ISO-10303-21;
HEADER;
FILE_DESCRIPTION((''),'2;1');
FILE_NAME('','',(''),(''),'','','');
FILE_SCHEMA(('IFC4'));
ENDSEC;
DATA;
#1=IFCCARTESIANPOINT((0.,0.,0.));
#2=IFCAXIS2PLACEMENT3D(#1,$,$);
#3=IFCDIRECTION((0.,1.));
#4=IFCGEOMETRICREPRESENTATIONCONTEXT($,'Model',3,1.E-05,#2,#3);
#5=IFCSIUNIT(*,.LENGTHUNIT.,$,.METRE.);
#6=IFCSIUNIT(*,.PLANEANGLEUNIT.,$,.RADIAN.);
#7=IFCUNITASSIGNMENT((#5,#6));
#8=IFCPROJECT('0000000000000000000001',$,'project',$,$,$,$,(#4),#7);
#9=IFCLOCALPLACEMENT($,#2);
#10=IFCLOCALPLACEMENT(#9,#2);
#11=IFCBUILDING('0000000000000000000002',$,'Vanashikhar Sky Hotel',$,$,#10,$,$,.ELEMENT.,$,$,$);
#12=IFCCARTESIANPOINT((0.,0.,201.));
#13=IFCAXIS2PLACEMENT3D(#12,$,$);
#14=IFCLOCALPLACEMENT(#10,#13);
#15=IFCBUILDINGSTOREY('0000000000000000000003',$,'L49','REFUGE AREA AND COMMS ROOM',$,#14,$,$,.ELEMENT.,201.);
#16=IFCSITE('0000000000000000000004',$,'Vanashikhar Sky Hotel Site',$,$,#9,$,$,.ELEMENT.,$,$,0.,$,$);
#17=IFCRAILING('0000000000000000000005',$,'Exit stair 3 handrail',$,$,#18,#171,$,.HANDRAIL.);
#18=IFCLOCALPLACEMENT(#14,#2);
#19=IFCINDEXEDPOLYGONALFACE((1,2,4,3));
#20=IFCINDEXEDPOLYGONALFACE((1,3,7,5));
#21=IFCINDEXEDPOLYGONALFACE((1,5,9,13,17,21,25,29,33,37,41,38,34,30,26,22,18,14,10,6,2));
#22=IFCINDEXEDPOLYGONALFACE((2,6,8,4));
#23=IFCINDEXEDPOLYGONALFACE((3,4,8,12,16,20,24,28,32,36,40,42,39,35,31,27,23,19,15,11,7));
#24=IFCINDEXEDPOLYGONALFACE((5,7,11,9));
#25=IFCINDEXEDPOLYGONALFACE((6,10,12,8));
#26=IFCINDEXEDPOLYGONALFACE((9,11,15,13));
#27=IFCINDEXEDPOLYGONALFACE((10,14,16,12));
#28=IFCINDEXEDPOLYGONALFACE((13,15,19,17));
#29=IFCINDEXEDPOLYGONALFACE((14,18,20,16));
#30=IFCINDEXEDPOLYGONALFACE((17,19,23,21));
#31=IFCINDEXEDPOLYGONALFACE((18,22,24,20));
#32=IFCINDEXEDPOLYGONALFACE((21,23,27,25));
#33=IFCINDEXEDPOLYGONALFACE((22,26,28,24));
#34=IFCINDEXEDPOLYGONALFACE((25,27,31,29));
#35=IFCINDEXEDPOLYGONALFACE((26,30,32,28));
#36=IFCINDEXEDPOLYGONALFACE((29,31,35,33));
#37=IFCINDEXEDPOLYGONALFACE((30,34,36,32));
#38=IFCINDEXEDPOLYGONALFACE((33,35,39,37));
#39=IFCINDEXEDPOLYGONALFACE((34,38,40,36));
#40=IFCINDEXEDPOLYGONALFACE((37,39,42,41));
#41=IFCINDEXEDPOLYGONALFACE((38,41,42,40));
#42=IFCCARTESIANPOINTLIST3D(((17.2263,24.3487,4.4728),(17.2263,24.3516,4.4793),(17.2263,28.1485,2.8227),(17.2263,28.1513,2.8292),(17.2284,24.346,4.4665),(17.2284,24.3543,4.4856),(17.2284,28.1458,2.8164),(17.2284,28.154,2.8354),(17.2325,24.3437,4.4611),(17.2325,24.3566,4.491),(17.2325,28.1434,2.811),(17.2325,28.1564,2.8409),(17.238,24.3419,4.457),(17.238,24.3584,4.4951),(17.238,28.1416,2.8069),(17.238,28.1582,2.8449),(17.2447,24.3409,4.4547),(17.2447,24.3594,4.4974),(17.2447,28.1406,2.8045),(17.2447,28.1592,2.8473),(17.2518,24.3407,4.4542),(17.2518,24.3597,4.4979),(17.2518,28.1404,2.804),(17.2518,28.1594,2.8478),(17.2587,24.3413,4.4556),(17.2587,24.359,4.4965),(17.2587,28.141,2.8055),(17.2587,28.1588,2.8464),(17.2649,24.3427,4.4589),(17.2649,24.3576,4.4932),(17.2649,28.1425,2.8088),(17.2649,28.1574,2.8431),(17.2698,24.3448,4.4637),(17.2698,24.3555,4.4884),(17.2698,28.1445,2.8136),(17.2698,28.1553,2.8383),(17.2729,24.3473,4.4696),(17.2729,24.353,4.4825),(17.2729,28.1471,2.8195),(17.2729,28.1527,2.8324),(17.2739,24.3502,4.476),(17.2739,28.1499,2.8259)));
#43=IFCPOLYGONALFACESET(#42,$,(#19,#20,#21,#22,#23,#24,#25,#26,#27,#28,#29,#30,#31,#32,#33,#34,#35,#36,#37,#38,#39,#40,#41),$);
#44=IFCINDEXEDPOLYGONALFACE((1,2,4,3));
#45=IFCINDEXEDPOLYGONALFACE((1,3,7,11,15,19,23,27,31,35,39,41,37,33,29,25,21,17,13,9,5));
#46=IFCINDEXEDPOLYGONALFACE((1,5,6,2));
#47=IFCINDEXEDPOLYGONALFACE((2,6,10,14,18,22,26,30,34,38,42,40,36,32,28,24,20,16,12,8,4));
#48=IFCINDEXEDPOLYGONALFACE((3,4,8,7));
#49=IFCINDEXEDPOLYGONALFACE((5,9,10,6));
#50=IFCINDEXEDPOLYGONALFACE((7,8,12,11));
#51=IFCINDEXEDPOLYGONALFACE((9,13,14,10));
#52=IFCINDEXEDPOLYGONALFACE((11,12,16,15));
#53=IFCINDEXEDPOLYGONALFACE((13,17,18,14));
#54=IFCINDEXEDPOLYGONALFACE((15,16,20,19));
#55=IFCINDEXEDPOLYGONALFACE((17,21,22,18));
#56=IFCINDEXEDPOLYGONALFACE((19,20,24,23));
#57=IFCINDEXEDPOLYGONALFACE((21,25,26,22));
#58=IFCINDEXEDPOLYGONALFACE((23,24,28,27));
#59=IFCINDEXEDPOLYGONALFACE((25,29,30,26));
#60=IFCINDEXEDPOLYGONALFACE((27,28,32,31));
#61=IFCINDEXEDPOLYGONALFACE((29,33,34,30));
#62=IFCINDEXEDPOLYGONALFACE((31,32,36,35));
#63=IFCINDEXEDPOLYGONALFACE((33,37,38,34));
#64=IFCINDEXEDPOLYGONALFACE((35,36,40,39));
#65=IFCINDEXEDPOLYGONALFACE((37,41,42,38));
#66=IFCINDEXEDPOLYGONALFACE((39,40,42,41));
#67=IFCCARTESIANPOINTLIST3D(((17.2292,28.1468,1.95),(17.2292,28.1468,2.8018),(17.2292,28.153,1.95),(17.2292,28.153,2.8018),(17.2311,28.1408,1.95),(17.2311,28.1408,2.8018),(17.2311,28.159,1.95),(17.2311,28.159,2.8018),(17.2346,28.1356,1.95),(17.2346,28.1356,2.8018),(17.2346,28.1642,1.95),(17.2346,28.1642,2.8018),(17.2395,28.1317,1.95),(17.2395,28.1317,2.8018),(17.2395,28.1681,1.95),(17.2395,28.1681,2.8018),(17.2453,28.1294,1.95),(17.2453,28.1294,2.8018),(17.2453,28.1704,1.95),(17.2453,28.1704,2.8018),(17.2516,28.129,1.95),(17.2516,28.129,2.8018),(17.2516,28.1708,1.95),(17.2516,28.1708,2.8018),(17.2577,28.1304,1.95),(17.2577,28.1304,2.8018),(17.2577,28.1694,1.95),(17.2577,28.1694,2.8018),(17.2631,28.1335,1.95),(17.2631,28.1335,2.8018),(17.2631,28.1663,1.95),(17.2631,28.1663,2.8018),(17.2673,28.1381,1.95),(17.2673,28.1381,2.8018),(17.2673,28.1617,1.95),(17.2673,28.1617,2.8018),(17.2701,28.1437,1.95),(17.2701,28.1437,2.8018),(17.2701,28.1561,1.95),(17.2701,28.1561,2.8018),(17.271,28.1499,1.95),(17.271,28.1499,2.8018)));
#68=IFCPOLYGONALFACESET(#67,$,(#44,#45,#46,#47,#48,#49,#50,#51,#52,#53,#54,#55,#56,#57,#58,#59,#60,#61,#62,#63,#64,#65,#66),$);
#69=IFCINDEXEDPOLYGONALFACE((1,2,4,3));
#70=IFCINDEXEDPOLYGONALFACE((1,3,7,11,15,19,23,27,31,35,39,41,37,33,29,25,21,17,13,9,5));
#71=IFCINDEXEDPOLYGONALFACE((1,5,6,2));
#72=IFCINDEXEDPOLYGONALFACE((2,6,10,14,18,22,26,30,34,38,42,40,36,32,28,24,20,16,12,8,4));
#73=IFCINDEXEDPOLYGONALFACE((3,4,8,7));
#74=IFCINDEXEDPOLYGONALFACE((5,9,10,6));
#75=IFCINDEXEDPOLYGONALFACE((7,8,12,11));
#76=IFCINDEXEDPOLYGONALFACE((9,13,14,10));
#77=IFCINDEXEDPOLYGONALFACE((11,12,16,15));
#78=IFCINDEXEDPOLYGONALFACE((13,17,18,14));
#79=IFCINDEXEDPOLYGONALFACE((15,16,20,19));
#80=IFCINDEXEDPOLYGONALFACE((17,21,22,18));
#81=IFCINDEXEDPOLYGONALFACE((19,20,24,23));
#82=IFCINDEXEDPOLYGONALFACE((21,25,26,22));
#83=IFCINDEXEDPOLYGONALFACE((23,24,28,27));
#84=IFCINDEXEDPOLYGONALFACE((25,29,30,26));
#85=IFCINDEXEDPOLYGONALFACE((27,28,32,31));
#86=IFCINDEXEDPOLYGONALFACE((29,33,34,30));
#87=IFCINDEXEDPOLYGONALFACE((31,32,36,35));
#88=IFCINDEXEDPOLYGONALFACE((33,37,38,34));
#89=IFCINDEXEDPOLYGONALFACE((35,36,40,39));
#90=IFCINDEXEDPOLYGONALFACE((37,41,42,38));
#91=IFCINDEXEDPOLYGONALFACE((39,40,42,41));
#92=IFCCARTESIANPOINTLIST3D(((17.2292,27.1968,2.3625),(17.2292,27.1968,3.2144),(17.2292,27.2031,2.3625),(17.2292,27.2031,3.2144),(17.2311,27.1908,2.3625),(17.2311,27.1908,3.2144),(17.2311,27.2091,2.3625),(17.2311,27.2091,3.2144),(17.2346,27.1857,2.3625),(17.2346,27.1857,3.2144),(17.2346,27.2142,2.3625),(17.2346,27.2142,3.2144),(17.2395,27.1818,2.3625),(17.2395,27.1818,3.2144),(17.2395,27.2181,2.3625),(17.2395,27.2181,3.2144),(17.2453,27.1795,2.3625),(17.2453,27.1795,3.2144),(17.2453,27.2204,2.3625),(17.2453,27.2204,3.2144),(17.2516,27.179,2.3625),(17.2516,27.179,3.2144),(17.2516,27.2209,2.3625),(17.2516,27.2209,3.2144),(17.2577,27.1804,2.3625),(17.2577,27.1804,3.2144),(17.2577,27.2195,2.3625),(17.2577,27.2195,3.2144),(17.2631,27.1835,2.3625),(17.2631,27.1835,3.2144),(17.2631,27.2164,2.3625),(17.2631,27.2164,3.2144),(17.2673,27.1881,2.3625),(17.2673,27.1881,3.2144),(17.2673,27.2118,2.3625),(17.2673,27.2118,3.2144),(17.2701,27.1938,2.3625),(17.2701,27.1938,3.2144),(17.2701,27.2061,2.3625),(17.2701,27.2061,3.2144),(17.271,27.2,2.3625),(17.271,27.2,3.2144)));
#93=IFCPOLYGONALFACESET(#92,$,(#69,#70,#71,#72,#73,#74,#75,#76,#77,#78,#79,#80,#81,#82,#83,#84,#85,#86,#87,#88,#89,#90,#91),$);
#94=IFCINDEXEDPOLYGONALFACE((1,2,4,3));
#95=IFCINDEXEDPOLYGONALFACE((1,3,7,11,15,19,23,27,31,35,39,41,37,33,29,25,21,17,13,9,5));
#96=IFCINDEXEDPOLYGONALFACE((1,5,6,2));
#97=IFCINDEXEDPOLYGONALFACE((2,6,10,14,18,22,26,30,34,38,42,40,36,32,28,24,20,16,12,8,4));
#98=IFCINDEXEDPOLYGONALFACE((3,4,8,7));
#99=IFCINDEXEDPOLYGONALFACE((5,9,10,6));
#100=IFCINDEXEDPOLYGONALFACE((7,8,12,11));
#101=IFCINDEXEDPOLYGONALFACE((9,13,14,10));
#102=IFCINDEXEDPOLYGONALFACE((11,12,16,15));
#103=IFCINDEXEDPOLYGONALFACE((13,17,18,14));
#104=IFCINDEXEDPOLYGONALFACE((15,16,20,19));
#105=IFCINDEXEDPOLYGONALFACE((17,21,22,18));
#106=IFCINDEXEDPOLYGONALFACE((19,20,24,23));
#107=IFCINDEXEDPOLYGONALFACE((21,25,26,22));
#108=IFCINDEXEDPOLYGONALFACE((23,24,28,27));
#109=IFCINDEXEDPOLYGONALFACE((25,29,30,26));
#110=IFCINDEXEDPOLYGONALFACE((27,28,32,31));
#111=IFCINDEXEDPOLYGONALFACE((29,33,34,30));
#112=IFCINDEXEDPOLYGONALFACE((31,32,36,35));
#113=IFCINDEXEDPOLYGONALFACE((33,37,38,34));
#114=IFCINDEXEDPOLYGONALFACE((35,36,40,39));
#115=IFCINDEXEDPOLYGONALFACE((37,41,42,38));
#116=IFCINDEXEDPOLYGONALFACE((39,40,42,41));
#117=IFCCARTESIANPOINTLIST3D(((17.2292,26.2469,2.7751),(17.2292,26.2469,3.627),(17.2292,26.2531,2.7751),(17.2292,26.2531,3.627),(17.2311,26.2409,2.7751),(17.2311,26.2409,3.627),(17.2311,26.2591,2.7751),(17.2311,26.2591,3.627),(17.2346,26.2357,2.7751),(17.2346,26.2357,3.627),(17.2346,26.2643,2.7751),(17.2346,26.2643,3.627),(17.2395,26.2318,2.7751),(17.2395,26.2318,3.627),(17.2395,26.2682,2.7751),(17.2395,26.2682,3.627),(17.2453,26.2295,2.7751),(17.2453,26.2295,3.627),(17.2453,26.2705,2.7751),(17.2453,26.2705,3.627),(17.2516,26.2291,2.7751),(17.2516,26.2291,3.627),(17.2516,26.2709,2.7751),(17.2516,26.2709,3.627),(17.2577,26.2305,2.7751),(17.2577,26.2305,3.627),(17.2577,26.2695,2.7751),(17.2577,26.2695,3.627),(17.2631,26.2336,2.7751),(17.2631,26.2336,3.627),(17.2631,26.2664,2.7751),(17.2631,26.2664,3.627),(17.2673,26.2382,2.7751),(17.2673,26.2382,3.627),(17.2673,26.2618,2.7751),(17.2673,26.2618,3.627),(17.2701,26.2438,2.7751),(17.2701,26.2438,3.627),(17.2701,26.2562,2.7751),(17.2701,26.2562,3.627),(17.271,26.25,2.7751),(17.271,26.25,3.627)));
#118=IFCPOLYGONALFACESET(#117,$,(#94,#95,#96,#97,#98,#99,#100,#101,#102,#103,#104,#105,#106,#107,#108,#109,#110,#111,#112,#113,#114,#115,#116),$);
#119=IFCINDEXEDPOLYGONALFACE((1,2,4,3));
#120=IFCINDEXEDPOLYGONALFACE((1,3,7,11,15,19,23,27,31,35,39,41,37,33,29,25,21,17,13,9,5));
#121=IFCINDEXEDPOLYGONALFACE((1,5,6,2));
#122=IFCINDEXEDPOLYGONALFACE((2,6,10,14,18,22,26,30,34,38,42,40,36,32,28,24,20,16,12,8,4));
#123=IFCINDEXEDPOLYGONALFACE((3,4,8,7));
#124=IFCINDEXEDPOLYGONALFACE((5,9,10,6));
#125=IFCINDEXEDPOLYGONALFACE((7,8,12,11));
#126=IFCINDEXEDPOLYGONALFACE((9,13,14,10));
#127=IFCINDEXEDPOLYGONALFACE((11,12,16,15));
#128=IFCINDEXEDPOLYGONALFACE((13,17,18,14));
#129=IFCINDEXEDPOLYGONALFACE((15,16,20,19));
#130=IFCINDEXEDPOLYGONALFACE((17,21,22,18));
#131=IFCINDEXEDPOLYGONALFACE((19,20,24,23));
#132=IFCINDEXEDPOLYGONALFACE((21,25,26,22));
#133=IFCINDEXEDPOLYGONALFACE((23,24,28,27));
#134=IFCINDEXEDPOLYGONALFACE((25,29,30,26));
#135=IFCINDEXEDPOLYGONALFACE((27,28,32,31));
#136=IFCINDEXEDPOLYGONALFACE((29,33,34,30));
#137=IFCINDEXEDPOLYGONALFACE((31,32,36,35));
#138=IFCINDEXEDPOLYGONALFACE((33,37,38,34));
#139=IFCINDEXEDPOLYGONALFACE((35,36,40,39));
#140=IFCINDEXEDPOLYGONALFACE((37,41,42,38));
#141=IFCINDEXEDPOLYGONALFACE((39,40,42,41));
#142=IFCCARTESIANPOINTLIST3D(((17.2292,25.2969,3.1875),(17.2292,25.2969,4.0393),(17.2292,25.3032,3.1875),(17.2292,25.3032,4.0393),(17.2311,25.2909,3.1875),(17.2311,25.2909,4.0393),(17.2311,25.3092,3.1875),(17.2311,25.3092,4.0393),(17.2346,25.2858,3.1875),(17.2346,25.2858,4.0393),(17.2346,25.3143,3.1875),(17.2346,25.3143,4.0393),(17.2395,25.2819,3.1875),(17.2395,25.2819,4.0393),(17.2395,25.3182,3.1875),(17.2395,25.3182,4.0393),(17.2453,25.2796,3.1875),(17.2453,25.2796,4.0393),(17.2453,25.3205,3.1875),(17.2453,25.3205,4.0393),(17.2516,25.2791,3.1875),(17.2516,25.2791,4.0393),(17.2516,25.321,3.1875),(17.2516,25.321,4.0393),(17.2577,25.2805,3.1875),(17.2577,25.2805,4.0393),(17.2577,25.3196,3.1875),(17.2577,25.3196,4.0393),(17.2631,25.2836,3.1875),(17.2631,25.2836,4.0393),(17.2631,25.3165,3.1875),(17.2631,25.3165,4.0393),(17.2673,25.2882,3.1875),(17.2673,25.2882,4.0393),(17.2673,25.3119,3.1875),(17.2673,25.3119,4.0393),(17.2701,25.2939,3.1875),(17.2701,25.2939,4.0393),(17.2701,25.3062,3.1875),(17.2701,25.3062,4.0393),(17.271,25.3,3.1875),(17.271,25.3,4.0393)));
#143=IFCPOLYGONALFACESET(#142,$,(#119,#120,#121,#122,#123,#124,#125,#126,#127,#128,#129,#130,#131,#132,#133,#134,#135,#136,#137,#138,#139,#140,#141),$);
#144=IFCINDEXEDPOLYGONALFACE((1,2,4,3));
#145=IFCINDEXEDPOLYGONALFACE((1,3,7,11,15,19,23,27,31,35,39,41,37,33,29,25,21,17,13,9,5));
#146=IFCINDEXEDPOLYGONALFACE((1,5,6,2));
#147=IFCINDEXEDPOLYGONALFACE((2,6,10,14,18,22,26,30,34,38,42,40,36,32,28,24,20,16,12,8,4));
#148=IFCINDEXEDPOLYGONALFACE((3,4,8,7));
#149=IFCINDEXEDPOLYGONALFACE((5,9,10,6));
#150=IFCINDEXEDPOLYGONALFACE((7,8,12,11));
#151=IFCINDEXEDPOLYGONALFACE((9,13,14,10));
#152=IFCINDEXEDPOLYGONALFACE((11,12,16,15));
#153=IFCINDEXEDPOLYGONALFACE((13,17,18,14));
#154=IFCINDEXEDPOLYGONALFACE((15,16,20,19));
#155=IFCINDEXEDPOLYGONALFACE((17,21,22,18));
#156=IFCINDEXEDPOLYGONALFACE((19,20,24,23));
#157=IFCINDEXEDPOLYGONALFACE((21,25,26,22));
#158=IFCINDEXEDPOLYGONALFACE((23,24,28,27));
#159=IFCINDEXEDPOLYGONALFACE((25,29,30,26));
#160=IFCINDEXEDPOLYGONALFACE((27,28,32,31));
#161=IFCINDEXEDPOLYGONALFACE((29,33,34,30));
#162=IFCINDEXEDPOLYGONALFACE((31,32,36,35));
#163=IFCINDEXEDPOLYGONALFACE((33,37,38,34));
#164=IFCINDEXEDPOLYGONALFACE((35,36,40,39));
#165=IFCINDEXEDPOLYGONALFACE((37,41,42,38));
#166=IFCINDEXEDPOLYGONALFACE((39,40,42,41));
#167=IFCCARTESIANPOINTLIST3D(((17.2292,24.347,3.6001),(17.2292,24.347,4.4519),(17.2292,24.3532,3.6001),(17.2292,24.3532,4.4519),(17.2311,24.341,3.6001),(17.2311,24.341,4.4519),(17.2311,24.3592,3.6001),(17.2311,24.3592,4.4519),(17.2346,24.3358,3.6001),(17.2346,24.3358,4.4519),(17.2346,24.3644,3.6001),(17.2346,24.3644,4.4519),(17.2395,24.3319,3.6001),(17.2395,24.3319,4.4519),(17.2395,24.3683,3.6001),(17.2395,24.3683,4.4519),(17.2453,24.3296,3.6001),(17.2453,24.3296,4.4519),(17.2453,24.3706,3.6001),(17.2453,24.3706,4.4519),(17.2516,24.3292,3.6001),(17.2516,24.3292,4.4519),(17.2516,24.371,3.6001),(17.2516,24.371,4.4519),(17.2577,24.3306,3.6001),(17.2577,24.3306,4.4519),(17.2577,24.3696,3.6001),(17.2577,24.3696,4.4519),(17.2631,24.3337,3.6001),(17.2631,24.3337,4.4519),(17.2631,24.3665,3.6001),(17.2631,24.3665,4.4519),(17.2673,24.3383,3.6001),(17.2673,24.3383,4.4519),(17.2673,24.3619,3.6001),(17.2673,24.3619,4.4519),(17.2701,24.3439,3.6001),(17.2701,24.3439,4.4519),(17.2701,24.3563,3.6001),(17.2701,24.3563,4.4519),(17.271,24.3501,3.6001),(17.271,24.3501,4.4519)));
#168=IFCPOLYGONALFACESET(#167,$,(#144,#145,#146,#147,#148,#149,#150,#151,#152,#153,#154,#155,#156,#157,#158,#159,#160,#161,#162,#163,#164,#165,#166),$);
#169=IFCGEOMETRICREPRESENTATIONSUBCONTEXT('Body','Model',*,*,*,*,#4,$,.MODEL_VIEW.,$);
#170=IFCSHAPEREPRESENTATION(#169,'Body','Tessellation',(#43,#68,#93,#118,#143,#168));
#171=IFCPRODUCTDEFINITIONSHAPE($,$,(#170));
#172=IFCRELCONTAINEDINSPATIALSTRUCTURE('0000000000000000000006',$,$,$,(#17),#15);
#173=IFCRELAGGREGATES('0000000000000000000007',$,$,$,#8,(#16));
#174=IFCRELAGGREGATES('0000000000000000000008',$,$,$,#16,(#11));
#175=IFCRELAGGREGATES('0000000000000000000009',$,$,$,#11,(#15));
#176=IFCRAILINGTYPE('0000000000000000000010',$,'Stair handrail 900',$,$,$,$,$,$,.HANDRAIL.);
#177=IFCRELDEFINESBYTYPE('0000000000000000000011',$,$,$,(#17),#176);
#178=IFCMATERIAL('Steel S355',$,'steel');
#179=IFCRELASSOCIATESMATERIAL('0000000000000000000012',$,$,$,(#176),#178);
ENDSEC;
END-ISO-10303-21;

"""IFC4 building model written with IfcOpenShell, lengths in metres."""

from ifc_helpers import new_model, si_unit, direction, frame, origin, origin_2d, place, context, subcontext, project, spatial, circle, extrude, source, transform, mapped, material, type_object, element, save


model = new_model("IFC4")

# Units and contexts
model_context = context("Model", 3, precision=1e-05, world=origin(), true_north=direction((0.0, 1.0)))
body_context = subcontext(model_context, "Body", "Model", "MODEL_VIEW")
ifc_project = project(units=[si_unit("LENGTHUNIT", "METRE"), si_unit("PLANEANGLEUNIT", "RADIAN")], contexts=[model_context])

# Site, building, storey
site_placement = place(None, origin())
site = spatial("IfcSite", under=ifc_project, at=site_placement, Name="Vanashikhar Sky Hotel Site", CompositionType="ELEMENT", RefElevation=0.0)
building_placement = place(site_placement, origin())
building = spatial("IfcBuilding", under=site, at=building_placement, Name="Vanashikhar Sky Hotel", CompositionType="ELEMENT")
storey_placement = place(building_placement, frame((0.0, 0.0, 201.0)))
storey = spatial("IfcBuildingStorey", under=building, at=storey_placement, Name="L49", Description="REFUGE AREA AND COMMS ROOM", CompositionType="ELEMENT", Elevation=201.0)

# Railing
ifc_material_1 = material(Name="Steel S355", Category="steel")
railing_type_1 = type_object("IfcRailingType", Name="Stair handrail 900", PredefinedType="HANDRAIL", material=ifc_material_1)
shared_shape_1 = source(origin(), body_context, "Body", "SweptSolid", [
    extrude(circle(Radius=0.0239, at=origin_2d()), frame((0.0, 0.0, 0.876), z_axis=(0.0, -0.917241, 0.398332), x_axis=(1.0, 0.0, 0.0)), (0.0, 0.0, 1.0), 4.1426),
    extrude(circle(Radius=0.021, at=origin_2d()), origin(), (0.0, 0.0, 1.0), 0.8518),
    extrude(circle(Radius=0.021, at=origin_2d()), frame((0.0, -0.95, 0.4126)), (0.0, 0.0, 1.0), 0.8518),
    extrude(circle(Radius=0.021, at=origin_2d()), frame((0.0, -1.8999, 0.8252)), (0.0, 0.0, 1.0), 0.8518),
    extrude(circle(Radius=0.021, at=origin_2d()), frame((0.0, -2.8499, 1.2375)), (0.0, 0.0, 1.0), 0.8518),
    extrude(circle(Radius=0.021, at=origin_2d()), frame((0.0, -3.7998, 1.6501)), (0.0, 0.0, 1.0), 0.8518),
])
railing_1_placement = place(storey_placement, frame((17.25, 28.1499, 1.95)))
element("IfcRailing", 1, at=railing_1_placement, inside=storey, type_object=railing_type_1, Name="Exit stair 3 handrail", PredefinedType="HANDRAIL", context=body_context, shape_type="MappedRepresentation", body=[
    mapped(shared_shape_1, transform((0.0, 0.0, 0.0), scale=1.0)),
])

save(model, "model.ifc")
